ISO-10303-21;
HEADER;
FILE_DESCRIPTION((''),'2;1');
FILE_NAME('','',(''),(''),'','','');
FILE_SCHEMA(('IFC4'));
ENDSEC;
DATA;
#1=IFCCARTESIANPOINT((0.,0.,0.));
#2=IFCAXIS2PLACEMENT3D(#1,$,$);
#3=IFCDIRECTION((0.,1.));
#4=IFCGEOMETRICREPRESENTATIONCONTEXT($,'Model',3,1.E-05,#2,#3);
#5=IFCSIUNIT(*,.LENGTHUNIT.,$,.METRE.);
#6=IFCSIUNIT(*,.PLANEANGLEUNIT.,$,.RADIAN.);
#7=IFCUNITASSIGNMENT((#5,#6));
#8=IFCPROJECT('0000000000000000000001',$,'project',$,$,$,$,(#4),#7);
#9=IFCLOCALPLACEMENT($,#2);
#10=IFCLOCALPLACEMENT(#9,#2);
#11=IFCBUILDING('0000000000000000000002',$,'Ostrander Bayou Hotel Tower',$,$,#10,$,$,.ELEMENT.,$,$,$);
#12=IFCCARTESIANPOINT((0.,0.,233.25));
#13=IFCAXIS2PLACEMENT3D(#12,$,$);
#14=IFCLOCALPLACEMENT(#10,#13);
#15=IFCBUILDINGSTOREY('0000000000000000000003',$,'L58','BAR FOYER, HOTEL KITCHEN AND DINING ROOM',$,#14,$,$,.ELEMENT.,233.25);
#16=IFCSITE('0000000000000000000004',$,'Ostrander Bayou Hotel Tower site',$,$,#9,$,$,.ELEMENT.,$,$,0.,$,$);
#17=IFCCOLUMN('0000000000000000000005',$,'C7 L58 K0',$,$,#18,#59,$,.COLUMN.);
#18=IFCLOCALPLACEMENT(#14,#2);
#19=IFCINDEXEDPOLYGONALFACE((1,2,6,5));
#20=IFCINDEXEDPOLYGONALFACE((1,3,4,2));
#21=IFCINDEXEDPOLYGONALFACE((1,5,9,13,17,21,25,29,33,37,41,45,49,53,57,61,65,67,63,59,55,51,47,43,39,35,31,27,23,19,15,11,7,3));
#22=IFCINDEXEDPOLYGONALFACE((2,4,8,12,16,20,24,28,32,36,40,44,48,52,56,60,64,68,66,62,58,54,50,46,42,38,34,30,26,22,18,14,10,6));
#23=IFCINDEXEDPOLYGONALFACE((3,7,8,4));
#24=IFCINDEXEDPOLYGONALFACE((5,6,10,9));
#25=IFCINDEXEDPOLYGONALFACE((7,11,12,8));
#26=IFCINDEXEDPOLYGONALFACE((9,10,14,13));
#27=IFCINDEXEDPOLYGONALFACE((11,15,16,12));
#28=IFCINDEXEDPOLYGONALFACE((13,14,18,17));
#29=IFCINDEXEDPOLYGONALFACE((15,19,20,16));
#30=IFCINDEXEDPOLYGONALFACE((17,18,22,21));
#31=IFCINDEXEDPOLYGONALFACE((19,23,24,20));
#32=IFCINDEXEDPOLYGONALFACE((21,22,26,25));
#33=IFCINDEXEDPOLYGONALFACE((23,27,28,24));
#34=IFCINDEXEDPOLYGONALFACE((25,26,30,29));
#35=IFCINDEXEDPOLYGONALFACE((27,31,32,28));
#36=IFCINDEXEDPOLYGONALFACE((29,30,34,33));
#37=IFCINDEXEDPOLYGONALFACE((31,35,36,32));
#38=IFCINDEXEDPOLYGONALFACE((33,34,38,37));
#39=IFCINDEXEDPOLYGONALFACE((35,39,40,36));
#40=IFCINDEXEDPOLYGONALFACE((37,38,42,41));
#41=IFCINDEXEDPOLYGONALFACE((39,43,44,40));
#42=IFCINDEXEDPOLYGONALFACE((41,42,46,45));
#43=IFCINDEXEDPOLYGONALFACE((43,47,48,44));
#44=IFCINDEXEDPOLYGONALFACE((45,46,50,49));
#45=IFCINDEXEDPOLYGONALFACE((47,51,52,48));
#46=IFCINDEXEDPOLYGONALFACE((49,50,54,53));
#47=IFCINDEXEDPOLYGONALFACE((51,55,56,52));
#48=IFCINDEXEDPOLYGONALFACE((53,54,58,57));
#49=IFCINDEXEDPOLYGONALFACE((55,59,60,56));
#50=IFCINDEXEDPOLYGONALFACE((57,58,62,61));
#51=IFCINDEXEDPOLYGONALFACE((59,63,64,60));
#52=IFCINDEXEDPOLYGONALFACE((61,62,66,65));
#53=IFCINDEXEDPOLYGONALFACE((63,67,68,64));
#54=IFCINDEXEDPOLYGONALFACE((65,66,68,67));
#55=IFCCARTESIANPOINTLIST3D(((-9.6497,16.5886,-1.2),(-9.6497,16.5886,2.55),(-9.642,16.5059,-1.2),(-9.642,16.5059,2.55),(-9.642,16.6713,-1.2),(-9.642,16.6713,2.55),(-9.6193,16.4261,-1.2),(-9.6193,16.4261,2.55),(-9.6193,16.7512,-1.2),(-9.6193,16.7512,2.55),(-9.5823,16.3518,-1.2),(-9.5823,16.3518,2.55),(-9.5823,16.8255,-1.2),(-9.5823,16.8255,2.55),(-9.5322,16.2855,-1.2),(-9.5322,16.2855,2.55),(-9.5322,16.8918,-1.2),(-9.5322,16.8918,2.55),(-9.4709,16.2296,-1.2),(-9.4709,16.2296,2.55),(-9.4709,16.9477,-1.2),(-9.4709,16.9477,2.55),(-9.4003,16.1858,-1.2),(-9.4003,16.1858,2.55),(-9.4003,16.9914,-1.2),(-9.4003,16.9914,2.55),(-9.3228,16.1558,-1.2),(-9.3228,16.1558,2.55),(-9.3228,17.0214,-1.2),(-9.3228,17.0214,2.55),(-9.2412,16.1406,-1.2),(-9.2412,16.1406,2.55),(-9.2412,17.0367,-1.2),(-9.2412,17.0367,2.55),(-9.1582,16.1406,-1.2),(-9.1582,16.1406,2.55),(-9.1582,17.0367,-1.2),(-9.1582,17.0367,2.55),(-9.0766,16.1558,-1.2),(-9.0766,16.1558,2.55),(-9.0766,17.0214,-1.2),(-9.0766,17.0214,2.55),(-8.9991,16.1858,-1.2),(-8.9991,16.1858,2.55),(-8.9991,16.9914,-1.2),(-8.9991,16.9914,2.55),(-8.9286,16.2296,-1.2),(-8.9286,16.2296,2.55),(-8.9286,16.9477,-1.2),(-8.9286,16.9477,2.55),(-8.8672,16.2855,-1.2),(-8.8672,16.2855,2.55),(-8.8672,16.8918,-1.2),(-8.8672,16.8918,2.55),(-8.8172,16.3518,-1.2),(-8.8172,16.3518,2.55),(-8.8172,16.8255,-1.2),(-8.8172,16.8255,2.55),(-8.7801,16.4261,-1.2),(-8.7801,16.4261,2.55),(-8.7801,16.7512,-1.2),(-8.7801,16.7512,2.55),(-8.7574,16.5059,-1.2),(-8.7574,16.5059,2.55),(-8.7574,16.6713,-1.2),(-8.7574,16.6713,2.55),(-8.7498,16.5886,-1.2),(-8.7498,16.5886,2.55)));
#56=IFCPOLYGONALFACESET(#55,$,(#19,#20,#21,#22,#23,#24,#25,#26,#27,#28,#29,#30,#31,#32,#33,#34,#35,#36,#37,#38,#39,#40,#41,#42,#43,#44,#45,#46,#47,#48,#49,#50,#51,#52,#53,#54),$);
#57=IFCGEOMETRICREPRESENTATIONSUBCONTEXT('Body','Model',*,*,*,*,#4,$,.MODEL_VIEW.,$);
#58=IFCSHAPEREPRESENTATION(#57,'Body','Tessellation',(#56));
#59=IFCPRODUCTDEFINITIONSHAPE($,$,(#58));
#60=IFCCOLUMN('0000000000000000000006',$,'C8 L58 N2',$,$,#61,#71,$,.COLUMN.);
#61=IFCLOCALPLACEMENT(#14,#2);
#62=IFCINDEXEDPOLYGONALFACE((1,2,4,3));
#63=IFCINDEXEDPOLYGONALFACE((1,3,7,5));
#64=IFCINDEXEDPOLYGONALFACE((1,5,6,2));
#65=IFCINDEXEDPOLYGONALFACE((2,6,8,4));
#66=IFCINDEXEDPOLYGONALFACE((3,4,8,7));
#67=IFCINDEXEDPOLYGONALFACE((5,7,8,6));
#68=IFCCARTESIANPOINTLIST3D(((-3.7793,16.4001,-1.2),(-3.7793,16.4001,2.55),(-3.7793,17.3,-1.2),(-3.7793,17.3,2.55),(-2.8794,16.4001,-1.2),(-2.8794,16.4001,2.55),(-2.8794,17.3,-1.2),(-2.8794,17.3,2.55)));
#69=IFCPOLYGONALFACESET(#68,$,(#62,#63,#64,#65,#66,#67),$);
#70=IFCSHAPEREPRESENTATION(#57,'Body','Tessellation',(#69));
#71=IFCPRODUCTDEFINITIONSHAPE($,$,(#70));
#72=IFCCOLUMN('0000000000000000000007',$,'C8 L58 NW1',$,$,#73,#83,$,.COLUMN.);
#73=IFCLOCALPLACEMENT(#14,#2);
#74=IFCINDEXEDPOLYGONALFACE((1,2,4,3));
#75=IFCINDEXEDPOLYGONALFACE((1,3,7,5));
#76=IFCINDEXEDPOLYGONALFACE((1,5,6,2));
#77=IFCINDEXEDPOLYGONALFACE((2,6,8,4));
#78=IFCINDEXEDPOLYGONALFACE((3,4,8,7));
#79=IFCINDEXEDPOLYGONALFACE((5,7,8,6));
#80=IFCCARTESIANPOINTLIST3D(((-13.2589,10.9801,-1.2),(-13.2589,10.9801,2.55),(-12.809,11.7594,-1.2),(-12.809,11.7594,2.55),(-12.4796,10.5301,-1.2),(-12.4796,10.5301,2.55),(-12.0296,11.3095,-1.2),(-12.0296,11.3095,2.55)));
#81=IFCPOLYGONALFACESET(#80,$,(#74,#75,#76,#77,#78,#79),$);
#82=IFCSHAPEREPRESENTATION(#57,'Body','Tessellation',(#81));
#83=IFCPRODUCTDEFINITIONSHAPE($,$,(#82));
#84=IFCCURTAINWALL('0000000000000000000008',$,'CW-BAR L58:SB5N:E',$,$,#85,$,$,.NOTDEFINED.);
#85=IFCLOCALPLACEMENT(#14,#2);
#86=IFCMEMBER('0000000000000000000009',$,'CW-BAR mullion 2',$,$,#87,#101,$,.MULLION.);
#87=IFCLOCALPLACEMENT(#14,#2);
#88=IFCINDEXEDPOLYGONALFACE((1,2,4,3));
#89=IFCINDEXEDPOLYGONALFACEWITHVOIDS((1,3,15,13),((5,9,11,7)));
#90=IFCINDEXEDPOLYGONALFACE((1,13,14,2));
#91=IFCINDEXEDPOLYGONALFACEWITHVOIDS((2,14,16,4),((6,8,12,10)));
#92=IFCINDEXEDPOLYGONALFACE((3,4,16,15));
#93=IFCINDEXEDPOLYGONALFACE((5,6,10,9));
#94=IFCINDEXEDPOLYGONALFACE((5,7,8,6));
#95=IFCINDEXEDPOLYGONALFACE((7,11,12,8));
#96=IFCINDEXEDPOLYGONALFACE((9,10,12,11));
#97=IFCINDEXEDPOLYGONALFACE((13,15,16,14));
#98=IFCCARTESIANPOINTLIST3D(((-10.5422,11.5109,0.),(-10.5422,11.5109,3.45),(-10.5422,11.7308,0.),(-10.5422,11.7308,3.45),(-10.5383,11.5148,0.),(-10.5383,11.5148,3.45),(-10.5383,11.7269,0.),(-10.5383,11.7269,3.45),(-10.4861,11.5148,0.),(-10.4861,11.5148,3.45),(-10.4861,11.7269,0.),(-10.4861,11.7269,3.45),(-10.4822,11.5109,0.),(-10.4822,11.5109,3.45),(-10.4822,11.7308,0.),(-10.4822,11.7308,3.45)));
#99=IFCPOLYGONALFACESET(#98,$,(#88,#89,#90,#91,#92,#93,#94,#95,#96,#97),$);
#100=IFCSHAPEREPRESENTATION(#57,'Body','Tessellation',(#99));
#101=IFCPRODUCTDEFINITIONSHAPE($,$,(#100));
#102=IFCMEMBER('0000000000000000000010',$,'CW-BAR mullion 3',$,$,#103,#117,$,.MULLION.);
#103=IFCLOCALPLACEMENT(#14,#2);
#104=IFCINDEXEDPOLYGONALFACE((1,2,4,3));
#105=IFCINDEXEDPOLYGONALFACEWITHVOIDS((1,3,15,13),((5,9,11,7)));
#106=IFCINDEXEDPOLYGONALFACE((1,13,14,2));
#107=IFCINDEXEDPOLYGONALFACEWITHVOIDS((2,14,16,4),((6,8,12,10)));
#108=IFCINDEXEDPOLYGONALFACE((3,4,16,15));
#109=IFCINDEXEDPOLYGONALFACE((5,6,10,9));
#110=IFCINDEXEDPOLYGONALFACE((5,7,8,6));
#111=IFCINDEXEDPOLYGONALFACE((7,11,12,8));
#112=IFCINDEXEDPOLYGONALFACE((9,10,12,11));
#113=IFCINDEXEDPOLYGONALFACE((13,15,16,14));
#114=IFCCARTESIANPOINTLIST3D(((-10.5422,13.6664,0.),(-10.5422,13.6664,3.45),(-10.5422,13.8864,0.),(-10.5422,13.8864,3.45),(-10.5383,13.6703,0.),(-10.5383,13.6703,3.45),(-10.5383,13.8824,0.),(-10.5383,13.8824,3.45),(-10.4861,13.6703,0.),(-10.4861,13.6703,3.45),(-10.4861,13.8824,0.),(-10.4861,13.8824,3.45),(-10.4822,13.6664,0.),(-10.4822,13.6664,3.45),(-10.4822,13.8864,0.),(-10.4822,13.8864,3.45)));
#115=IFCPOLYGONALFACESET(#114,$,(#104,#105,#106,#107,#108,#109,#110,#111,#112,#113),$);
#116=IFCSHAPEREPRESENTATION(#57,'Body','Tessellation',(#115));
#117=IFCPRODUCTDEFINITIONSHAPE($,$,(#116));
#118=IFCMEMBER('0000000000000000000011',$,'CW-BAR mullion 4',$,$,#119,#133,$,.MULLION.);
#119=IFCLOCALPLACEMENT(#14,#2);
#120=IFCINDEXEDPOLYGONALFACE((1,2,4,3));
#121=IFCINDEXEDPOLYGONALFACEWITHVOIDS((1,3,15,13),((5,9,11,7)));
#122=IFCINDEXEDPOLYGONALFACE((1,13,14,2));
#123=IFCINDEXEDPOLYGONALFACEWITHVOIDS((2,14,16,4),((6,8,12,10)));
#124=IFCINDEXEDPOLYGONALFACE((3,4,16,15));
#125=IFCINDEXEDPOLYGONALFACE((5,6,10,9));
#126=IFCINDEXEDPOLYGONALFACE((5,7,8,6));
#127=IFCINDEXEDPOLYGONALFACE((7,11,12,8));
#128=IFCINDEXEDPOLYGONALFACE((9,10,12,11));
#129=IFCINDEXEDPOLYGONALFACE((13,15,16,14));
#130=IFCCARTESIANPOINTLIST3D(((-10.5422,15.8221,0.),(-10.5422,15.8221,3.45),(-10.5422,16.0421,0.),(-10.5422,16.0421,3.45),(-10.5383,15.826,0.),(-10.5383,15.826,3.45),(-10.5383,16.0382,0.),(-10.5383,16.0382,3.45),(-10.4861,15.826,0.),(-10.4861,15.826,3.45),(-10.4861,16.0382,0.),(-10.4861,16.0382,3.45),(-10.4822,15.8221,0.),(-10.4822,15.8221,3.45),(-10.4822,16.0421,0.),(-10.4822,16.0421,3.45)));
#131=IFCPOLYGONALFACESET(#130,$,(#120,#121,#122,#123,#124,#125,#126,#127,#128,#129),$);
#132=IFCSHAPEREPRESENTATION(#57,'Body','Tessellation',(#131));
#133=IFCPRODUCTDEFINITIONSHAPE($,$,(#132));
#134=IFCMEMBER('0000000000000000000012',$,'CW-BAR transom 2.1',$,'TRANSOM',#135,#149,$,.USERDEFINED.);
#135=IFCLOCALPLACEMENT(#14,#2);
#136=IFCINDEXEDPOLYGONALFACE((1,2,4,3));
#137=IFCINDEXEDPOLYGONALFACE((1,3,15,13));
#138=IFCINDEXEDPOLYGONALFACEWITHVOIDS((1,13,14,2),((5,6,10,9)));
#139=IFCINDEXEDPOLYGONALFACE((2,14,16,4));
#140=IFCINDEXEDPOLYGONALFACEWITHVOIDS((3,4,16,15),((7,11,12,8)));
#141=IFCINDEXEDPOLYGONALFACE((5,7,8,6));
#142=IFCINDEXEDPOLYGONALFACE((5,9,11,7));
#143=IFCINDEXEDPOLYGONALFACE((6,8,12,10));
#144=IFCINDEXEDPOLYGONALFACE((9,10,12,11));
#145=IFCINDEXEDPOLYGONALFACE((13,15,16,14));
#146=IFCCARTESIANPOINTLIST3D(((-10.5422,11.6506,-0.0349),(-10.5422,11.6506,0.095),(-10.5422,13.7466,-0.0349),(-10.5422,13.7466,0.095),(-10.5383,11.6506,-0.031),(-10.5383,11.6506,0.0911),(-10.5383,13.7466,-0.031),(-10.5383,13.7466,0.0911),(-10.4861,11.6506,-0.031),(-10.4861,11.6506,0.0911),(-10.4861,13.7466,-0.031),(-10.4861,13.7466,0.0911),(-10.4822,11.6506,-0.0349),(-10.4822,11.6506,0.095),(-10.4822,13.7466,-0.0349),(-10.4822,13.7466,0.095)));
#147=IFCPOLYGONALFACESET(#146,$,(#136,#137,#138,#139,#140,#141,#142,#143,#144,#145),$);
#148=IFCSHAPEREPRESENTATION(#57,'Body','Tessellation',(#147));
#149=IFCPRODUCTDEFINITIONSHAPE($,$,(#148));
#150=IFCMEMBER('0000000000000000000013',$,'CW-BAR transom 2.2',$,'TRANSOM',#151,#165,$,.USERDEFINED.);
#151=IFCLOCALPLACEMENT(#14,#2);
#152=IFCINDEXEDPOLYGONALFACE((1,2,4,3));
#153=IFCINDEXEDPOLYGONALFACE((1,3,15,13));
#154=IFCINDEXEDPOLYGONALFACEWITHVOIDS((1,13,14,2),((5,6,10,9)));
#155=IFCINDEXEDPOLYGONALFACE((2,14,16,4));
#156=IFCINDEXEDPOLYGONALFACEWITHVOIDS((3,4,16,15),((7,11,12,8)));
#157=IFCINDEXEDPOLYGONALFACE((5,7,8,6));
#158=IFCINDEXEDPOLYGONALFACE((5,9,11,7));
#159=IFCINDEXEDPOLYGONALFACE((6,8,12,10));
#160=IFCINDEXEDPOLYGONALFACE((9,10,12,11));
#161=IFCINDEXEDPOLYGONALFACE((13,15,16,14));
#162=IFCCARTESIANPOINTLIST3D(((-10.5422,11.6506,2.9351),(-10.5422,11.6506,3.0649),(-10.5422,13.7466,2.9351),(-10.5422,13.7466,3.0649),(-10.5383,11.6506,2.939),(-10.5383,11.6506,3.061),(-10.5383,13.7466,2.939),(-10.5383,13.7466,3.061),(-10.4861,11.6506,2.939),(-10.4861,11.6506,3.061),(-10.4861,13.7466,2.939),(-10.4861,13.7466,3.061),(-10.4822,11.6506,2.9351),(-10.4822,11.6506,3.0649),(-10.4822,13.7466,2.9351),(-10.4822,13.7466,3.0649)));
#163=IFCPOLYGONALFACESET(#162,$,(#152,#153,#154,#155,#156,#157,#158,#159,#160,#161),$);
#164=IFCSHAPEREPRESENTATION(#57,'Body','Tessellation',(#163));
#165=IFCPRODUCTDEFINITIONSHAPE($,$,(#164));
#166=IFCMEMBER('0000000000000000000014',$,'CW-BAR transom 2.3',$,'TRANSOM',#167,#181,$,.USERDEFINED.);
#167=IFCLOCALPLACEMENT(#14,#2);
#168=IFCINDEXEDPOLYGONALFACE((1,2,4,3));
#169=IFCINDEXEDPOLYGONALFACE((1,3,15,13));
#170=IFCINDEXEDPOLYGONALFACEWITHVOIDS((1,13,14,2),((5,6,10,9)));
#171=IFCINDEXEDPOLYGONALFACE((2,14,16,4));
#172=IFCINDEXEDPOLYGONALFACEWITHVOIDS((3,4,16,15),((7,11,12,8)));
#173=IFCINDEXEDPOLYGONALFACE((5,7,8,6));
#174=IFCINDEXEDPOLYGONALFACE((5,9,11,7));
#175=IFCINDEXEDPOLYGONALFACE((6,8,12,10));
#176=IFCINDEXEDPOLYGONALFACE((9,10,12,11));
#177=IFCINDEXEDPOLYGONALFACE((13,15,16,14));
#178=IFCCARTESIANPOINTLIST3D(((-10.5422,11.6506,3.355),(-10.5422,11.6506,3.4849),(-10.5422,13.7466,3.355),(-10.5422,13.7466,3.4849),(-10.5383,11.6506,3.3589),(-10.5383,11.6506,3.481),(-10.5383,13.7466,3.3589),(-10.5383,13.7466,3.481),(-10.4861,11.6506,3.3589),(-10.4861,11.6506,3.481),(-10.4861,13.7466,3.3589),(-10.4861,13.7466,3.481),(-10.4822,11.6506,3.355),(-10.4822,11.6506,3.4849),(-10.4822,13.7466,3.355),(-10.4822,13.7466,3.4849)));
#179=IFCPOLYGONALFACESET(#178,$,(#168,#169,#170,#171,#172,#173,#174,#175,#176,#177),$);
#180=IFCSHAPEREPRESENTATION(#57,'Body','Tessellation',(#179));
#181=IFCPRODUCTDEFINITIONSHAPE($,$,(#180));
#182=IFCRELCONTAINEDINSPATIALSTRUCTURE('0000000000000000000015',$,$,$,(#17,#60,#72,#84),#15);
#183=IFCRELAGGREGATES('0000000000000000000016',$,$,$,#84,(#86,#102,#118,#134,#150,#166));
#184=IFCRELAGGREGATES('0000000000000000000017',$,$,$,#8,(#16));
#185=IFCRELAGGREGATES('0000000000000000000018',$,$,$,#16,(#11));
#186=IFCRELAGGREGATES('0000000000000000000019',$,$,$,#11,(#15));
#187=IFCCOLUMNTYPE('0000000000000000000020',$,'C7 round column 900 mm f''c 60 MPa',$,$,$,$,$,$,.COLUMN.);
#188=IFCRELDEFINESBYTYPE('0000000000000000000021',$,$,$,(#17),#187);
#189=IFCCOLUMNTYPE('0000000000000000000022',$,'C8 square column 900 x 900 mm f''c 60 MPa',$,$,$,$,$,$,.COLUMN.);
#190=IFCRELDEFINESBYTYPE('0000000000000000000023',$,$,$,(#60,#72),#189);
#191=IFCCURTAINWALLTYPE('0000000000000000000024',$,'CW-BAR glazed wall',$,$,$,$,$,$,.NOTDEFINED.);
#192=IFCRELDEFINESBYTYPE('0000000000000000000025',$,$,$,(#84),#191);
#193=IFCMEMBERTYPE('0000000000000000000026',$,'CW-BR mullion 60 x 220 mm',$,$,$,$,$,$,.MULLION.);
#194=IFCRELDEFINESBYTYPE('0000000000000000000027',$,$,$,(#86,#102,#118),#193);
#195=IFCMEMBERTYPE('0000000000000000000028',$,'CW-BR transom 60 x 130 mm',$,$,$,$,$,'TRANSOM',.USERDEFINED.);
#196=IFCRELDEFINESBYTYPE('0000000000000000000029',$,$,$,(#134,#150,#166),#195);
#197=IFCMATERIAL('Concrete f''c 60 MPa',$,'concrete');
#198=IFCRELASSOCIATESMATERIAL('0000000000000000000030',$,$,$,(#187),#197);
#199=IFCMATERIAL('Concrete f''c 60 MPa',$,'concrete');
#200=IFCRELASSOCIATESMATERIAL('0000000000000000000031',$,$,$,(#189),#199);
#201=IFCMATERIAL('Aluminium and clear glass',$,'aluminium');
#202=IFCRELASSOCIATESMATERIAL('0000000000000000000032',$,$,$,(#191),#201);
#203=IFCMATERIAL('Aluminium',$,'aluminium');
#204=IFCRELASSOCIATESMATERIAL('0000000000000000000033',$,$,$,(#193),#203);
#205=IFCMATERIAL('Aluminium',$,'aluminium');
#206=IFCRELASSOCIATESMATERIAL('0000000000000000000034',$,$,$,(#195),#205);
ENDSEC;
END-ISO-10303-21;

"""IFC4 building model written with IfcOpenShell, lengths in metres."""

from ifc_helpers import new_model, si_unit, direction, frame, origin, origin_2d, place, context, subcontext, project, spatial, rectangle, hollow_rectangle, circle, extrude, material, material_profile, profile_set, type_object, element, aggregate, save


model = new_model("IFC4")

# Units and contexts
model_context = context("Model", 3, precision=1e-05, world=origin(), true_north=direction((0.0, 1.0)))
body_context = subcontext(model_context, "Body", "Model", "MODEL_VIEW")
ifc_project = project(units=[si_unit("LENGTHUNIT", "METRE"), si_unit("PLANEANGLEUNIT", "RADIAN")], contexts=[model_context])

# Site, building, storey
site_placement = place(None, origin())
site = spatial("IfcSite", under=ifc_project, at=site_placement, Name="Ostrander Bayou Hotel Tower site", CompositionType="ELEMENT", RefElevation=0.0)
building_placement = place(site_placement, origin())
building = spatial("IfcBuilding", under=site, at=building_placement, Name="Ostrander Bayou Hotel Tower", CompositionType="ELEMENT")
storey_placement = place(building_placement, frame((0.0, 0.0, 233.25)))
storey = spatial("IfcBuildingStorey", under=building, at=storey_placement, Name="L58", Description="BAR FOYER, HOTEL KITCHEN AND DINING ROOM", CompositionType="ELEMENT", Elevation=233.25)

# Columns
ifc_material_1 = material(Name="Concrete f'c 60 MPa", Category="concrete")
ifc_material_profile_1 = material_profile(ifc_material_1, circle(Radius=0.45, at=origin_2d()))
ifc_profile_set_1 = profile_set([ifc_material_profile_1], Name="Concrete f'c 60 MPa")
column_type_1 = type_object("IfcColumnType", Name="C7 round column 900 mm f'c 60 MPa", PredefinedType="COLUMN", material=ifc_profile_set_1)
column_placement = place(storey_placement, frame((-9.1997, 16.5886, -1.2), z_axis=(0.0, 0.0, 1.0), x_axis=(1.0, 0.0, 0.0)))
element("IfcColumn", 1, at=column_placement, inside=storey, type_object=column_type_1, Name="C7 L58 K0", PredefinedType="COLUMN", context=body_context, shape_type="SweptSolid", body=[
    extrude(circle(Radius=0.45, at=origin_2d()), origin(), (0.0, 0.0, 1.0), 3.75),
])
ifc_material_2 = material(Name="Concrete f'c 60 MPa", Category="concrete")
ifc_material_profile_2 = material_profile(ifc_material_2, rectangle(XDim=0.8999, YDim=0.8999, at=origin_2d()))
ifc_profile_set_2 = profile_set([ifc_material_profile_2], Name="Concrete f'c 60 MPa")
column_type_2 = type_object("IfcColumnType", Name="C8 square column 900 x 900 mm f'c 60 MPa", PredefinedType="COLUMN", material=ifc_profile_set_2)
for number, where, z_axis, x_axis, name in (
    (2, (-3.3293, 16.8501, -1.2), (0.0, 0.0, 1.0), (1.0, 0.0, 0.0), "C8 L58 N2"),
    (3, (-12.6443, 11.1448, -1.2), (0.0, 0.0, 1.0), (0.5, 0.866025, 0.0), "C8 L58 NW1"),
):
    element("IfcColumn", number, at=place(storey_placement, frame(where, z_axis=z_axis, x_axis=x_axis)), inside=storey, type_object=column_type_2, Name=name, PredefinedType="COLUMN", context=body_context, shape_type="SweptSolid", body=[
        extrude(rectangle(XDim=0.8999, YDim=0.8999, at=origin_2d()), origin(), (0.0, 0.0, 1.0), 3.75),
    ])

# Curtain wall, members
ifc_material_3 = material(Name="Aluminium and clear glass", Category="aluminium")
curtain_wall_type = type_object("IfcCurtainWallType", Name="CW-BAR glazed wall", PredefinedType="NOTDEFINED", material=ifc_material_3)
curtain_wall_placement = place(storey_placement, origin())
curtain_wall = element("IfcCurtainWall", 4, at=curtain_wall_placement, inside=storey, type_object=curtain_wall_type, Name="CW-BAR L58:SB5N:E", PredefinedType="NOTDEFINED")
ifc_material_4 = material(Name="Aluminium", Category="aluminium")
ifc_material_profile_3 = material_profile(ifc_material_4, hollow_rectangle(XDim=0.0601, YDim=0.22, WallThickness=0.0039, at=origin_2d()))
ifc_profile_set_3 = profile_set([ifc_material_profile_3], Name="Aluminium")
member_type_1 = type_object("IfcMemberType", Name="CW-BR mullion 60 x 220 mm", PredefinedType="MULLION", material=ifc_profile_set_3)
member_1_placement = place(storey_placement, frame((-10.5122, 11.6208, 0.0), z_axis=(0.0, 0.0, 1.0), x_axis=(-1.0, 0.0, 0.0)))
member_1 = element("IfcMember", 5, at=member_1_placement, type_object=member_type_1, Name="CW-BAR mullion 2", PredefinedType="MULLION", context=body_context, shape_type="SweptSolid", body=[
    extrude(hollow_rectangle(XDim=0.0601, YDim=0.22, WallThickness=0.0039, at=origin_2d()), origin(), (0.0, 0.0, 1.0), 3.45),
])
member_2_placement = place(storey_placement, frame((-10.5122, 13.7764, 0.0), z_axis=(0.0, 0.0, 1.0), x_axis=(-1.0, 0.0, 0.0)))
member_2 = element("IfcMember", 6, at=member_2_placement, type_object=member_type_1, Name="CW-BAR mullion 3", PredefinedType="MULLION", context=body_context, shape_type="SweptSolid", body=[
    extrude(hollow_rectangle(XDim=0.0601, YDim=0.22, WallThickness=0.0039, at=origin_2d()), origin(), (0.0, 0.0, 1.0), 3.45),
])
member_3_placement = place(storey_placement, frame((-10.5122, 15.9321, 0.0), z_axis=(0.0, 0.0, 1.0), x_axis=(-1.0, 0.0, 0.0)))
member_3 = element("IfcMember", 7, at=member_3_placement, type_object=member_type_1, Name="CW-BAR mullion 4", PredefinedType="MULLION", context=body_context, shape_type="SweptSolid", body=[
    extrude(hollow_rectangle(XDim=0.0601, YDim=0.22, WallThickness=0.0039, at=origin_2d()), origin(), (0.0, 0.0, 1.0), 3.45),
])
ifc_material_5 = material(Name="Aluminium", Category="aluminium")
ifc_material_profile_4 = material_profile(ifc_material_5, hollow_rectangle(XDim=0.0601, YDim=0.1299, WallThickness=0.0039, at=origin_2d()))
ifc_profile_set_4 = profile_set([ifc_material_profile_4], Name="Aluminium")
member_type_2 = type_object("IfcMemberType", Name="CW-BR transom 60 x 130 mm", ElementType="TRANSOM", PredefinedType="USERDEFINED", material=ifc_profile_set_4)
member_4_placement = place(storey_placement, frame((-10.5122, 11.6506, 0.03), z_axis=(0.0, 1.0, 0.0), x_axis=(-1.0, 0.0, 0.0)))
member_4 = element("IfcMember", 8, at=member_4_placement, type_object=member_type_2, Name="CW-BAR transom 2.1", ObjectType="TRANSOM", PredefinedType="USERDEFINED", context=body_context, shape_type="SweptSolid", body=[
    extrude(hollow_rectangle(XDim=0.0601, YDim=0.1299, WallThickness=0.0039, at=origin_2d()), origin(), (0.0, 0.0, 1.0), 2.0959),
])
member_5_placement = place(storey_placement, frame((-10.5122, 11.6506, 3.0), z_axis=(0.0, 1.0, 0.0), x_axis=(-1.0, 0.0, 0.0)))
member_5 = element("IfcMember", 9, at=member_5_placement, type_object=member_type_2, Name="CW-BAR transom 2.2", ObjectType="TRANSOM", PredefinedType="USERDEFINED", context=body_context, shape_type="SweptSolid", body=[
    extrude(hollow_rectangle(XDim=0.0601, YDim=0.1299, WallThickness=0.0039, at=origin_2d()), origin(), (0.0, 0.0, 1.0), 2.0959),
])
member_6_placement = place(storey_placement, frame((-10.5122, 11.6506, 3.4199), z_axis=(0.0, 1.0, 0.0), x_axis=(-1.0, 0.0, 0.0)))
member_6 = element("IfcMember", 10, at=member_6_placement, type_object=member_type_2, Name="CW-BAR transom 2.3", ObjectType="TRANSOM", PredefinedType="USERDEFINED", context=body_context, shape_type="SweptSolid", body=[
    extrude(hollow_rectangle(XDim=0.0601, YDim=0.1299, WallThickness=0.0039, at=origin_2d()), origin(), (0.0, 0.0, 1.0), 2.0959),
])

aggregate(curtain_wall, [member_1, member_2, member_3, member_4, member_5, member_6])

save(model, "model.ifc")
